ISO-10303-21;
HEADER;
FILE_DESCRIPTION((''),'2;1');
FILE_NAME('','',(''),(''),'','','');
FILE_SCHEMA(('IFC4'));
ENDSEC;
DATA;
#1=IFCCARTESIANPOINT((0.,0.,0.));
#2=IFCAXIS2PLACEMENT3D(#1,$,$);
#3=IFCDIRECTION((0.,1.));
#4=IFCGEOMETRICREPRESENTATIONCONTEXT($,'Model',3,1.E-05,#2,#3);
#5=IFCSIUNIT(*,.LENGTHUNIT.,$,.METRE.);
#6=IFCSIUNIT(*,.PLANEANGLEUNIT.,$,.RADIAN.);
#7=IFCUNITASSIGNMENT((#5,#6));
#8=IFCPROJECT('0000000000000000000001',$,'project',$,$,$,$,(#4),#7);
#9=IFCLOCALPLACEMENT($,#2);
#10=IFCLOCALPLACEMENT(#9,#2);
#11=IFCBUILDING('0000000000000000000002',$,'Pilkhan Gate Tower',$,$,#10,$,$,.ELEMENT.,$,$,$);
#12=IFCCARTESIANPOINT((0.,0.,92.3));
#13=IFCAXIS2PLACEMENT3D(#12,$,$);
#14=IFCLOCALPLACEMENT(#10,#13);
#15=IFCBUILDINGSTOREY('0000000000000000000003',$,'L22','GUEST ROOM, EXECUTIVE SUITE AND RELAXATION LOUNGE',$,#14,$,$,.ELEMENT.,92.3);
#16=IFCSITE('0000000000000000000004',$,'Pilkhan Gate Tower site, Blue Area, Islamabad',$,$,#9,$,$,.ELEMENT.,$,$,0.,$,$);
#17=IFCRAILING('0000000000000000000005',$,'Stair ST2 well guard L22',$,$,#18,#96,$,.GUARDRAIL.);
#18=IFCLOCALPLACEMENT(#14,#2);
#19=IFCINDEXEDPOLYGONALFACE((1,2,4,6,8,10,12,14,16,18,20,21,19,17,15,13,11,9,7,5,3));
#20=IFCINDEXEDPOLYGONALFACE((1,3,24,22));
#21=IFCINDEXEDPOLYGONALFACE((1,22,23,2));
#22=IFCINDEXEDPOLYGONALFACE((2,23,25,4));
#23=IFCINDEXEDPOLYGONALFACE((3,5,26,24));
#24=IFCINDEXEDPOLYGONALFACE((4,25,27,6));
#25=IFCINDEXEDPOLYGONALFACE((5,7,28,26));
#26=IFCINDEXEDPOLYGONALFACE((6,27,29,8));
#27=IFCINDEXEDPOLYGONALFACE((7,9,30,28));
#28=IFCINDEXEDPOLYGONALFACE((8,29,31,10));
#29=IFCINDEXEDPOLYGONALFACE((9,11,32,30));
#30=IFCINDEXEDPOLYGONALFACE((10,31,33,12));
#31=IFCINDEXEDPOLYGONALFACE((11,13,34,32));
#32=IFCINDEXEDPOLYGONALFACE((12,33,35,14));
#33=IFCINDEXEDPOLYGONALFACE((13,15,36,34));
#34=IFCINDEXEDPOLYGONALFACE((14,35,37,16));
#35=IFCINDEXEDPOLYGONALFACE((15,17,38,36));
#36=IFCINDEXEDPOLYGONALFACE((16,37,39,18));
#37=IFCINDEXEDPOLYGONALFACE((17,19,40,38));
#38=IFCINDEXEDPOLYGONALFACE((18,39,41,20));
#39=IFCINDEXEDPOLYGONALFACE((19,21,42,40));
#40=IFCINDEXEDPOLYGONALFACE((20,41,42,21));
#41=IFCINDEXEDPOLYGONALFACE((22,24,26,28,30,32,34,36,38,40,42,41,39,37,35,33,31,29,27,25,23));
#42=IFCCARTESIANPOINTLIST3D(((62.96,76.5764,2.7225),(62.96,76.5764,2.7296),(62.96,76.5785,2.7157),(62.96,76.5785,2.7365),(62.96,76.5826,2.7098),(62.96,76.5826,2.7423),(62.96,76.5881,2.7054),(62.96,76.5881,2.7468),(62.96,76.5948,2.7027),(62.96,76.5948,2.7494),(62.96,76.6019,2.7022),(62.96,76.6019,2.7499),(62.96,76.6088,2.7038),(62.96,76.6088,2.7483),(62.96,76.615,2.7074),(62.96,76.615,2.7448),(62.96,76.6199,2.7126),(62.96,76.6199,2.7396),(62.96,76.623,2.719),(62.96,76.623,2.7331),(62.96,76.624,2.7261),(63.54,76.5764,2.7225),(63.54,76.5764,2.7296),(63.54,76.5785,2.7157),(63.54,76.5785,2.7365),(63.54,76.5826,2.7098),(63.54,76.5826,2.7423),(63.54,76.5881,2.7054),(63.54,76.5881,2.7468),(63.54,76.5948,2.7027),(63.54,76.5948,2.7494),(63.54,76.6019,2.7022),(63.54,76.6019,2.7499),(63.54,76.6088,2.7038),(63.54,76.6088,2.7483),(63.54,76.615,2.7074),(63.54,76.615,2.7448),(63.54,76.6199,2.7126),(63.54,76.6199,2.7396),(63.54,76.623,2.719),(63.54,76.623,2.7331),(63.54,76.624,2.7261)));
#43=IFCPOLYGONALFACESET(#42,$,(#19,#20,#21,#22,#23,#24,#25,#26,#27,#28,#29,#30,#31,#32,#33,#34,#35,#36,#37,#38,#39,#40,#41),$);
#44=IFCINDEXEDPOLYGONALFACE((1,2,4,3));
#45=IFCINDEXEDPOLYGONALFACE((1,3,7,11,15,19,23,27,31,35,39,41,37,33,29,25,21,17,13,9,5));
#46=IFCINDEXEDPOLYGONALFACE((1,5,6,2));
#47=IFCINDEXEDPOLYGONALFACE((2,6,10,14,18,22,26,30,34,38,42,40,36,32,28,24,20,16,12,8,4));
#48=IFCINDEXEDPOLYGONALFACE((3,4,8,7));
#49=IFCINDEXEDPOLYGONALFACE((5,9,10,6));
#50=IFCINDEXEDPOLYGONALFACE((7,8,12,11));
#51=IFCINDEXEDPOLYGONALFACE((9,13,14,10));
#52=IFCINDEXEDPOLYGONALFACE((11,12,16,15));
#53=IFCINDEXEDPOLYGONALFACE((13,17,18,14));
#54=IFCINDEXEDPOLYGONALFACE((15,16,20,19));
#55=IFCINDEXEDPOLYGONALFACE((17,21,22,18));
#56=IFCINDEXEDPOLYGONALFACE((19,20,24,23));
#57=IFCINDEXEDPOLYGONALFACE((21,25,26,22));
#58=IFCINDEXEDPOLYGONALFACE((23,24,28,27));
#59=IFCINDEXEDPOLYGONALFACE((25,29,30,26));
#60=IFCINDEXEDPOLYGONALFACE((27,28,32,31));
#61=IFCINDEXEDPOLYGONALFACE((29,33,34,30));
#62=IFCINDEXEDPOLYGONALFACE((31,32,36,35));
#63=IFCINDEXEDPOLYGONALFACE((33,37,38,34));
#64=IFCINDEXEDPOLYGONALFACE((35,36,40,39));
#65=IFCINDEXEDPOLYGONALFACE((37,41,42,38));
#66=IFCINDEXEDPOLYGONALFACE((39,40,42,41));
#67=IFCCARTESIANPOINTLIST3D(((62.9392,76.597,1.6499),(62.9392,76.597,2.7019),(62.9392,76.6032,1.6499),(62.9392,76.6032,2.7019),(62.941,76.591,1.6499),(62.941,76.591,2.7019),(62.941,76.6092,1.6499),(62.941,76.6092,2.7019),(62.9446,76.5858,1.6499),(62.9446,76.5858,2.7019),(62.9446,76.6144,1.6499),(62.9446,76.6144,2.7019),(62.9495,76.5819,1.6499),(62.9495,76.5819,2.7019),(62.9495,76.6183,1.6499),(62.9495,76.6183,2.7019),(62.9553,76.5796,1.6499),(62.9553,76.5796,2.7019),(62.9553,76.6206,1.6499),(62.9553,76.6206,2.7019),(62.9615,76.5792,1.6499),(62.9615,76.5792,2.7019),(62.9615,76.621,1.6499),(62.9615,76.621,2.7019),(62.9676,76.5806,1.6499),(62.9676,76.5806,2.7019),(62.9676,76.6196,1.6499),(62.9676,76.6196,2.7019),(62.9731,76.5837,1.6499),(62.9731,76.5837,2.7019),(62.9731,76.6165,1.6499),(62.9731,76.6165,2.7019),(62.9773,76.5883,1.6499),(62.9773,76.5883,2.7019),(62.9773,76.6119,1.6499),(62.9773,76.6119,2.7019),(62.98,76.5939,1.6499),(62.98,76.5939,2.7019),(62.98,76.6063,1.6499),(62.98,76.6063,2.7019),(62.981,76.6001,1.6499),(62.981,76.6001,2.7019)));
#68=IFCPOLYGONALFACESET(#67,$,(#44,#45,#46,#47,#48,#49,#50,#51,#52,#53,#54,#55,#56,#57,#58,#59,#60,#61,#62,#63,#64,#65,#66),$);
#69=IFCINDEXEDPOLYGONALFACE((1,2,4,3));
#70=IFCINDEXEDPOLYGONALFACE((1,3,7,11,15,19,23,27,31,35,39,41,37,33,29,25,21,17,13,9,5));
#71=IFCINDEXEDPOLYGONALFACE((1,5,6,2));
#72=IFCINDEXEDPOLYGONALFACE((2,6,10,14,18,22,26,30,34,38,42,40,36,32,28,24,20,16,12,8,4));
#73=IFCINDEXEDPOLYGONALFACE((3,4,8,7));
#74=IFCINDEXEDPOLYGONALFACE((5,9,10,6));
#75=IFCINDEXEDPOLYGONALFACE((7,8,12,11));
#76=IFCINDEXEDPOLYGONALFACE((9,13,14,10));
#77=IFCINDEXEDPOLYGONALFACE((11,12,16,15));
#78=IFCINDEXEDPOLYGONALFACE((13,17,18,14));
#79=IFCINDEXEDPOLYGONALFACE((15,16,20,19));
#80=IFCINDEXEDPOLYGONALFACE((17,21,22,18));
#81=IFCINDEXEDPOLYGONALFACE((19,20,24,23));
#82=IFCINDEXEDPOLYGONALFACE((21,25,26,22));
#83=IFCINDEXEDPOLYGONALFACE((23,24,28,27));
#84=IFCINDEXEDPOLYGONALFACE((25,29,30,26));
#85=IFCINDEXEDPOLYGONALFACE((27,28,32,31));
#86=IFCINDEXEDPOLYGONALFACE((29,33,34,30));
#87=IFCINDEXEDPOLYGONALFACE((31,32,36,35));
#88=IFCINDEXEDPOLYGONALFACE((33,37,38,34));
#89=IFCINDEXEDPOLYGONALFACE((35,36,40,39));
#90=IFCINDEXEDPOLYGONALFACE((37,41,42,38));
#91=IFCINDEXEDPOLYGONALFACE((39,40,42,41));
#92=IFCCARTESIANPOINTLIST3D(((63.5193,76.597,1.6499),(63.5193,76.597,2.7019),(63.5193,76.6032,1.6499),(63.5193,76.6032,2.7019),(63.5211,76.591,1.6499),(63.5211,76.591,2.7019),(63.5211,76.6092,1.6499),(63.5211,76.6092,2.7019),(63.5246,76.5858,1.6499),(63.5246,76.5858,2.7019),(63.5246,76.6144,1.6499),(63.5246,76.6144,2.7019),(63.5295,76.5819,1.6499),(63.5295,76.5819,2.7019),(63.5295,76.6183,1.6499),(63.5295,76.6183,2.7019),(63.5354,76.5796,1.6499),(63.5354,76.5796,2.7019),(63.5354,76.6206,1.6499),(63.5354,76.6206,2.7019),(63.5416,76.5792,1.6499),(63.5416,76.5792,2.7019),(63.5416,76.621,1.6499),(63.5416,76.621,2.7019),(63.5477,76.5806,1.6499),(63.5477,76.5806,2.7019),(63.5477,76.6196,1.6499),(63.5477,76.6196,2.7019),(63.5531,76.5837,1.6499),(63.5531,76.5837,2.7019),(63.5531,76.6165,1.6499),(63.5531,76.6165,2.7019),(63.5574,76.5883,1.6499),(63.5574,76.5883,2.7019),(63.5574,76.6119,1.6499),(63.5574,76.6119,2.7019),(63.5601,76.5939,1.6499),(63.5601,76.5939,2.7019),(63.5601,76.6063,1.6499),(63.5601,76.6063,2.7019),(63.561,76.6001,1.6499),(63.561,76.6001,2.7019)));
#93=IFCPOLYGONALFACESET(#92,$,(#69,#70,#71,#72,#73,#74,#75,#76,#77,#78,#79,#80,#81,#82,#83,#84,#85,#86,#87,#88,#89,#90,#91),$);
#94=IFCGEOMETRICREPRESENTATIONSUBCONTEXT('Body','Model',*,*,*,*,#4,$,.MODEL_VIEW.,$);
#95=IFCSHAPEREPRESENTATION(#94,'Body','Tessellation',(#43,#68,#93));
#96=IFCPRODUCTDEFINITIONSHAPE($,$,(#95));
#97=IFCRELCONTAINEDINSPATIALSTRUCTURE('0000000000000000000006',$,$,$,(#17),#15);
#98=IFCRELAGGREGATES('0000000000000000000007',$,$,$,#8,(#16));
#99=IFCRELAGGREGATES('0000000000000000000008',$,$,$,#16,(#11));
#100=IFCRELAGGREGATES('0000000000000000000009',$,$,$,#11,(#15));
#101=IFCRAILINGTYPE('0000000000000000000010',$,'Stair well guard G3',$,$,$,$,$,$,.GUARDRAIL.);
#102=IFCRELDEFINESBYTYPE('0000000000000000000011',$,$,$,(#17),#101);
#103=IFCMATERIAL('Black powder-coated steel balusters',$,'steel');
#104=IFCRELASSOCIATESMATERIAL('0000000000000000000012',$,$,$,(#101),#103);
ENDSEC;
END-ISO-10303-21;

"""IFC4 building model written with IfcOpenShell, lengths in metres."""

from ifc_helpers import new_model, si_unit, direction, frame, origin, origin_2d, place, context, subcontext, project, spatial, circle, extrude, material, type_object, element, save


model = new_model("IFC4")

# Units and contexts
model_context = context("Model", 3, precision=1e-05, world=origin(), true_north=direction((0.0, 1.0)))
body_context = subcontext(model_context, "Body", "Model", "MODEL_VIEW")
ifc_project = project(units=[si_unit("LENGTHUNIT", "METRE"), si_unit("PLANEANGLEUNIT", "RADIAN")], contexts=[model_context])

# Site, building, storey
site_placement = place(None, origin())
site = spatial("IfcSite", under=ifc_project, at=site_placement, Name="Pilkhan Gate Tower site, Blue Area, Islamabad", CompositionType="ELEMENT", RefElevation=0.0)
building_placement = place(site_placement, origin())
building = spatial("IfcBuilding", under=site, at=building_placement, Name="Pilkhan Gate Tower", CompositionType="ELEMENT")
storey_placement = place(building_placement, frame((0.0, 0.0, 92.3)))
storey = spatial("IfcBuildingStorey", under=building, at=storey_placement, Name="L22", Description="GUEST ROOM, EXECUTIVE SUITE AND RELAXATION LOUNGE", CompositionType="ELEMENT", Elevation=92.3)

# Railing
ifc_material_1 = material(Name="Black powder-coated steel balusters", Category="steel")
railing_type_1 = type_object("IfcRailingType", Name="Stair well guard G3", PredefinedType="GUARDRAIL", material=ifc_material_1)
for number, where, name in (
    (1, (62.96, 76.6001, 1.6499), "Stair ST2 well guard L22"),
):
    element("IfcRailing", number, at=place(storey_placement, frame(where)), inside=storey, type_object=railing_type_1, Name=name, PredefinedType="GUARDRAIL", context=body_context, shape_type="SweptSolid", body=[
        extrude(circle(Radius=0.0239, at=origin_2d()), frame((0.0, 0.0, 1.0762), z_axis=(1.0, 0.0, 0.0), x_axis=(0.0, 1.0, 0.0)), (0.0, 0.0, 1.0), 0.5801),
        extrude(circle(Radius=0.021, at=origin_2d()), origin(), (0.0, 0.0, 1.0), 1.052),
        extrude(circle(Radius=0.021, at=origin_2d()), frame((0.5801, 0.0, 0.0)), (0.0, 0.0, 1.0), 1.052),
    ])

save(model, "model.ifc")
